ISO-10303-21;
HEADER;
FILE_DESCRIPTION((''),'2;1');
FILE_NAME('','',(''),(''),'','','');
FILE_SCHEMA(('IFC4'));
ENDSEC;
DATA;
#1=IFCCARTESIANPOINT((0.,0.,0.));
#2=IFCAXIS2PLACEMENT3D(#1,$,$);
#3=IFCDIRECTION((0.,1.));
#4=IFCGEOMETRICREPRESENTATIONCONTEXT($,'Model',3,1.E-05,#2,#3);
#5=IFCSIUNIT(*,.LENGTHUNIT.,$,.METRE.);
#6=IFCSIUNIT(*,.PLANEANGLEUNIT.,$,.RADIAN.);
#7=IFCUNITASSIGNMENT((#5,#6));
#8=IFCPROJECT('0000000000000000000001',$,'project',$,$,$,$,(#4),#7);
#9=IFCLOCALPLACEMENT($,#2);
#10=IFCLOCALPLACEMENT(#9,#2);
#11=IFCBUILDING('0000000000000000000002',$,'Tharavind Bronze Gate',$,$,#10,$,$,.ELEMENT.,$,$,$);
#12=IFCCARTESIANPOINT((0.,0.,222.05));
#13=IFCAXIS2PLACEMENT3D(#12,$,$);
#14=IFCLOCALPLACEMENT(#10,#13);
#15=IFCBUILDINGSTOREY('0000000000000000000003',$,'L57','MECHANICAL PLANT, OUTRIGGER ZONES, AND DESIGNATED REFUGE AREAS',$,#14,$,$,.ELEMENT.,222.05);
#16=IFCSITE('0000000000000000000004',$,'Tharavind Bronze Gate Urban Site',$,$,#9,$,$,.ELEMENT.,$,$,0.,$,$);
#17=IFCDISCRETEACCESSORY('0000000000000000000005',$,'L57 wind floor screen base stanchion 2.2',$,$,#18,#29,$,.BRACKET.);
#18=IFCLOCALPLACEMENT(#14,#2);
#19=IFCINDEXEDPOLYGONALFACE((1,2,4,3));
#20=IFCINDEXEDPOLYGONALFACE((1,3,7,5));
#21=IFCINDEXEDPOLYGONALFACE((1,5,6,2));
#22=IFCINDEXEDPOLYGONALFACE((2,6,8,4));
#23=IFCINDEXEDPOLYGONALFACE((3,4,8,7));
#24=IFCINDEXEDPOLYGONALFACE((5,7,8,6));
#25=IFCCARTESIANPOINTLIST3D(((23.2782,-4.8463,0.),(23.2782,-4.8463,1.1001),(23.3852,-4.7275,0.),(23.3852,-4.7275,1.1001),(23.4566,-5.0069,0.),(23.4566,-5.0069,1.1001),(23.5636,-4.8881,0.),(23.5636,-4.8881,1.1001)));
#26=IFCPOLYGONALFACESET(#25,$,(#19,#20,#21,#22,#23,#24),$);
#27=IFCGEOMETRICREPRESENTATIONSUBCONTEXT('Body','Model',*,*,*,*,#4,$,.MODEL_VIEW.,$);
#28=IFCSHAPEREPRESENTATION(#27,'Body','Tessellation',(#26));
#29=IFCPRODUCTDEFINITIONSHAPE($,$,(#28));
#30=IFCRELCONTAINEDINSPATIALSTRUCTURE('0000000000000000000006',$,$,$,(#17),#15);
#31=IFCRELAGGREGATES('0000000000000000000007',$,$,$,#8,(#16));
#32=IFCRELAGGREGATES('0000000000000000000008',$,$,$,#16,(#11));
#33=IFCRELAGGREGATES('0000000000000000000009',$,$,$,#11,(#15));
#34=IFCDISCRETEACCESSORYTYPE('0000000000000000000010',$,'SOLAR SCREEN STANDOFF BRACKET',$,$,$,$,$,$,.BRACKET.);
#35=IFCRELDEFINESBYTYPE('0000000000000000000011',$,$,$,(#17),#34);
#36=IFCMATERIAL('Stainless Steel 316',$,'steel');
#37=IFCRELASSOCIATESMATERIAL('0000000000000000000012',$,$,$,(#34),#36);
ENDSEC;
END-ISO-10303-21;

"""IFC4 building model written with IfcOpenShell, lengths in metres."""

from ifc_helpers import new_model, si_unit, direction, frame, origin, origin_2d, place, context, subcontext, project, spatial, rectangle, extrude, material, type_object, element, save


model = new_model("IFC4")

# Units and contexts
model_context = context("Model", 3, precision=1e-05, world=origin(), true_north=direction((0.0, 1.0)))
body_context = subcontext(model_context, "Body", "Model", "MODEL_VIEW")
ifc_project = project(units=[si_unit("LENGTHUNIT", "METRE"), si_unit("PLANEANGLEUNIT", "RADIAN")], contexts=[model_context])

# Site, building, storey
site_placement = place(None, origin())
site = spatial("IfcSite", under=ifc_project, at=site_placement, Name="Tharavind Bronze Gate Urban Site", CompositionType="ELEMENT", RefElevation=0.0)
building_placement = place(site_placement, origin())
building = spatial("IfcBuilding", under=site, at=building_placement, Name="Tharavind Bronze Gate", CompositionType="ELEMENT")
storey_placement = place(building_placement, frame((0.0, 0.0, 222.05)))
storey = spatial("IfcBuildingStorey", under=building, at=storey_placement, Name="L57", Description="MECHANICAL PLANT, OUTRIGGER ZONES, AND DESIGNATED REFUGE AREAS", CompositionType="ELEMENT", Elevation=222.05)

# Discrete accessory
ifc_material_1 = material(Name="Stainless Steel 316", Category="steel")
discrete_accessory_type_1 = type_object("IfcDiscreteAccessoryType", Name="SOLAR SCREEN STANDOFF BRACKET", PredefinedType="BRACKET", material=ifc_material_1)
discrete_accessory_1_placement = place(storey_placement, frame((23.4209, -4.8672, 0.0), z_axis=(0.0, 0.0, 1.0), x_axis=(0.669131, 0.743145, 0.0)))
element("IfcDiscreteAccessory", 1, at=discrete_accessory_1_placement, inside=storey, type_object=discrete_accessory_type_1, Name="L57 wind floor screen base stanchion 2.2", PredefinedType="BRACKET", context=body_context, shape_type="SweptSolid", body=[
    extrude(rectangle(XDim=0.1599, YDim=0.24, at=origin_2d()), origin(), (0.0, 0.0, 1.0), 1.1001),
])

save(model, "model.ifc")
